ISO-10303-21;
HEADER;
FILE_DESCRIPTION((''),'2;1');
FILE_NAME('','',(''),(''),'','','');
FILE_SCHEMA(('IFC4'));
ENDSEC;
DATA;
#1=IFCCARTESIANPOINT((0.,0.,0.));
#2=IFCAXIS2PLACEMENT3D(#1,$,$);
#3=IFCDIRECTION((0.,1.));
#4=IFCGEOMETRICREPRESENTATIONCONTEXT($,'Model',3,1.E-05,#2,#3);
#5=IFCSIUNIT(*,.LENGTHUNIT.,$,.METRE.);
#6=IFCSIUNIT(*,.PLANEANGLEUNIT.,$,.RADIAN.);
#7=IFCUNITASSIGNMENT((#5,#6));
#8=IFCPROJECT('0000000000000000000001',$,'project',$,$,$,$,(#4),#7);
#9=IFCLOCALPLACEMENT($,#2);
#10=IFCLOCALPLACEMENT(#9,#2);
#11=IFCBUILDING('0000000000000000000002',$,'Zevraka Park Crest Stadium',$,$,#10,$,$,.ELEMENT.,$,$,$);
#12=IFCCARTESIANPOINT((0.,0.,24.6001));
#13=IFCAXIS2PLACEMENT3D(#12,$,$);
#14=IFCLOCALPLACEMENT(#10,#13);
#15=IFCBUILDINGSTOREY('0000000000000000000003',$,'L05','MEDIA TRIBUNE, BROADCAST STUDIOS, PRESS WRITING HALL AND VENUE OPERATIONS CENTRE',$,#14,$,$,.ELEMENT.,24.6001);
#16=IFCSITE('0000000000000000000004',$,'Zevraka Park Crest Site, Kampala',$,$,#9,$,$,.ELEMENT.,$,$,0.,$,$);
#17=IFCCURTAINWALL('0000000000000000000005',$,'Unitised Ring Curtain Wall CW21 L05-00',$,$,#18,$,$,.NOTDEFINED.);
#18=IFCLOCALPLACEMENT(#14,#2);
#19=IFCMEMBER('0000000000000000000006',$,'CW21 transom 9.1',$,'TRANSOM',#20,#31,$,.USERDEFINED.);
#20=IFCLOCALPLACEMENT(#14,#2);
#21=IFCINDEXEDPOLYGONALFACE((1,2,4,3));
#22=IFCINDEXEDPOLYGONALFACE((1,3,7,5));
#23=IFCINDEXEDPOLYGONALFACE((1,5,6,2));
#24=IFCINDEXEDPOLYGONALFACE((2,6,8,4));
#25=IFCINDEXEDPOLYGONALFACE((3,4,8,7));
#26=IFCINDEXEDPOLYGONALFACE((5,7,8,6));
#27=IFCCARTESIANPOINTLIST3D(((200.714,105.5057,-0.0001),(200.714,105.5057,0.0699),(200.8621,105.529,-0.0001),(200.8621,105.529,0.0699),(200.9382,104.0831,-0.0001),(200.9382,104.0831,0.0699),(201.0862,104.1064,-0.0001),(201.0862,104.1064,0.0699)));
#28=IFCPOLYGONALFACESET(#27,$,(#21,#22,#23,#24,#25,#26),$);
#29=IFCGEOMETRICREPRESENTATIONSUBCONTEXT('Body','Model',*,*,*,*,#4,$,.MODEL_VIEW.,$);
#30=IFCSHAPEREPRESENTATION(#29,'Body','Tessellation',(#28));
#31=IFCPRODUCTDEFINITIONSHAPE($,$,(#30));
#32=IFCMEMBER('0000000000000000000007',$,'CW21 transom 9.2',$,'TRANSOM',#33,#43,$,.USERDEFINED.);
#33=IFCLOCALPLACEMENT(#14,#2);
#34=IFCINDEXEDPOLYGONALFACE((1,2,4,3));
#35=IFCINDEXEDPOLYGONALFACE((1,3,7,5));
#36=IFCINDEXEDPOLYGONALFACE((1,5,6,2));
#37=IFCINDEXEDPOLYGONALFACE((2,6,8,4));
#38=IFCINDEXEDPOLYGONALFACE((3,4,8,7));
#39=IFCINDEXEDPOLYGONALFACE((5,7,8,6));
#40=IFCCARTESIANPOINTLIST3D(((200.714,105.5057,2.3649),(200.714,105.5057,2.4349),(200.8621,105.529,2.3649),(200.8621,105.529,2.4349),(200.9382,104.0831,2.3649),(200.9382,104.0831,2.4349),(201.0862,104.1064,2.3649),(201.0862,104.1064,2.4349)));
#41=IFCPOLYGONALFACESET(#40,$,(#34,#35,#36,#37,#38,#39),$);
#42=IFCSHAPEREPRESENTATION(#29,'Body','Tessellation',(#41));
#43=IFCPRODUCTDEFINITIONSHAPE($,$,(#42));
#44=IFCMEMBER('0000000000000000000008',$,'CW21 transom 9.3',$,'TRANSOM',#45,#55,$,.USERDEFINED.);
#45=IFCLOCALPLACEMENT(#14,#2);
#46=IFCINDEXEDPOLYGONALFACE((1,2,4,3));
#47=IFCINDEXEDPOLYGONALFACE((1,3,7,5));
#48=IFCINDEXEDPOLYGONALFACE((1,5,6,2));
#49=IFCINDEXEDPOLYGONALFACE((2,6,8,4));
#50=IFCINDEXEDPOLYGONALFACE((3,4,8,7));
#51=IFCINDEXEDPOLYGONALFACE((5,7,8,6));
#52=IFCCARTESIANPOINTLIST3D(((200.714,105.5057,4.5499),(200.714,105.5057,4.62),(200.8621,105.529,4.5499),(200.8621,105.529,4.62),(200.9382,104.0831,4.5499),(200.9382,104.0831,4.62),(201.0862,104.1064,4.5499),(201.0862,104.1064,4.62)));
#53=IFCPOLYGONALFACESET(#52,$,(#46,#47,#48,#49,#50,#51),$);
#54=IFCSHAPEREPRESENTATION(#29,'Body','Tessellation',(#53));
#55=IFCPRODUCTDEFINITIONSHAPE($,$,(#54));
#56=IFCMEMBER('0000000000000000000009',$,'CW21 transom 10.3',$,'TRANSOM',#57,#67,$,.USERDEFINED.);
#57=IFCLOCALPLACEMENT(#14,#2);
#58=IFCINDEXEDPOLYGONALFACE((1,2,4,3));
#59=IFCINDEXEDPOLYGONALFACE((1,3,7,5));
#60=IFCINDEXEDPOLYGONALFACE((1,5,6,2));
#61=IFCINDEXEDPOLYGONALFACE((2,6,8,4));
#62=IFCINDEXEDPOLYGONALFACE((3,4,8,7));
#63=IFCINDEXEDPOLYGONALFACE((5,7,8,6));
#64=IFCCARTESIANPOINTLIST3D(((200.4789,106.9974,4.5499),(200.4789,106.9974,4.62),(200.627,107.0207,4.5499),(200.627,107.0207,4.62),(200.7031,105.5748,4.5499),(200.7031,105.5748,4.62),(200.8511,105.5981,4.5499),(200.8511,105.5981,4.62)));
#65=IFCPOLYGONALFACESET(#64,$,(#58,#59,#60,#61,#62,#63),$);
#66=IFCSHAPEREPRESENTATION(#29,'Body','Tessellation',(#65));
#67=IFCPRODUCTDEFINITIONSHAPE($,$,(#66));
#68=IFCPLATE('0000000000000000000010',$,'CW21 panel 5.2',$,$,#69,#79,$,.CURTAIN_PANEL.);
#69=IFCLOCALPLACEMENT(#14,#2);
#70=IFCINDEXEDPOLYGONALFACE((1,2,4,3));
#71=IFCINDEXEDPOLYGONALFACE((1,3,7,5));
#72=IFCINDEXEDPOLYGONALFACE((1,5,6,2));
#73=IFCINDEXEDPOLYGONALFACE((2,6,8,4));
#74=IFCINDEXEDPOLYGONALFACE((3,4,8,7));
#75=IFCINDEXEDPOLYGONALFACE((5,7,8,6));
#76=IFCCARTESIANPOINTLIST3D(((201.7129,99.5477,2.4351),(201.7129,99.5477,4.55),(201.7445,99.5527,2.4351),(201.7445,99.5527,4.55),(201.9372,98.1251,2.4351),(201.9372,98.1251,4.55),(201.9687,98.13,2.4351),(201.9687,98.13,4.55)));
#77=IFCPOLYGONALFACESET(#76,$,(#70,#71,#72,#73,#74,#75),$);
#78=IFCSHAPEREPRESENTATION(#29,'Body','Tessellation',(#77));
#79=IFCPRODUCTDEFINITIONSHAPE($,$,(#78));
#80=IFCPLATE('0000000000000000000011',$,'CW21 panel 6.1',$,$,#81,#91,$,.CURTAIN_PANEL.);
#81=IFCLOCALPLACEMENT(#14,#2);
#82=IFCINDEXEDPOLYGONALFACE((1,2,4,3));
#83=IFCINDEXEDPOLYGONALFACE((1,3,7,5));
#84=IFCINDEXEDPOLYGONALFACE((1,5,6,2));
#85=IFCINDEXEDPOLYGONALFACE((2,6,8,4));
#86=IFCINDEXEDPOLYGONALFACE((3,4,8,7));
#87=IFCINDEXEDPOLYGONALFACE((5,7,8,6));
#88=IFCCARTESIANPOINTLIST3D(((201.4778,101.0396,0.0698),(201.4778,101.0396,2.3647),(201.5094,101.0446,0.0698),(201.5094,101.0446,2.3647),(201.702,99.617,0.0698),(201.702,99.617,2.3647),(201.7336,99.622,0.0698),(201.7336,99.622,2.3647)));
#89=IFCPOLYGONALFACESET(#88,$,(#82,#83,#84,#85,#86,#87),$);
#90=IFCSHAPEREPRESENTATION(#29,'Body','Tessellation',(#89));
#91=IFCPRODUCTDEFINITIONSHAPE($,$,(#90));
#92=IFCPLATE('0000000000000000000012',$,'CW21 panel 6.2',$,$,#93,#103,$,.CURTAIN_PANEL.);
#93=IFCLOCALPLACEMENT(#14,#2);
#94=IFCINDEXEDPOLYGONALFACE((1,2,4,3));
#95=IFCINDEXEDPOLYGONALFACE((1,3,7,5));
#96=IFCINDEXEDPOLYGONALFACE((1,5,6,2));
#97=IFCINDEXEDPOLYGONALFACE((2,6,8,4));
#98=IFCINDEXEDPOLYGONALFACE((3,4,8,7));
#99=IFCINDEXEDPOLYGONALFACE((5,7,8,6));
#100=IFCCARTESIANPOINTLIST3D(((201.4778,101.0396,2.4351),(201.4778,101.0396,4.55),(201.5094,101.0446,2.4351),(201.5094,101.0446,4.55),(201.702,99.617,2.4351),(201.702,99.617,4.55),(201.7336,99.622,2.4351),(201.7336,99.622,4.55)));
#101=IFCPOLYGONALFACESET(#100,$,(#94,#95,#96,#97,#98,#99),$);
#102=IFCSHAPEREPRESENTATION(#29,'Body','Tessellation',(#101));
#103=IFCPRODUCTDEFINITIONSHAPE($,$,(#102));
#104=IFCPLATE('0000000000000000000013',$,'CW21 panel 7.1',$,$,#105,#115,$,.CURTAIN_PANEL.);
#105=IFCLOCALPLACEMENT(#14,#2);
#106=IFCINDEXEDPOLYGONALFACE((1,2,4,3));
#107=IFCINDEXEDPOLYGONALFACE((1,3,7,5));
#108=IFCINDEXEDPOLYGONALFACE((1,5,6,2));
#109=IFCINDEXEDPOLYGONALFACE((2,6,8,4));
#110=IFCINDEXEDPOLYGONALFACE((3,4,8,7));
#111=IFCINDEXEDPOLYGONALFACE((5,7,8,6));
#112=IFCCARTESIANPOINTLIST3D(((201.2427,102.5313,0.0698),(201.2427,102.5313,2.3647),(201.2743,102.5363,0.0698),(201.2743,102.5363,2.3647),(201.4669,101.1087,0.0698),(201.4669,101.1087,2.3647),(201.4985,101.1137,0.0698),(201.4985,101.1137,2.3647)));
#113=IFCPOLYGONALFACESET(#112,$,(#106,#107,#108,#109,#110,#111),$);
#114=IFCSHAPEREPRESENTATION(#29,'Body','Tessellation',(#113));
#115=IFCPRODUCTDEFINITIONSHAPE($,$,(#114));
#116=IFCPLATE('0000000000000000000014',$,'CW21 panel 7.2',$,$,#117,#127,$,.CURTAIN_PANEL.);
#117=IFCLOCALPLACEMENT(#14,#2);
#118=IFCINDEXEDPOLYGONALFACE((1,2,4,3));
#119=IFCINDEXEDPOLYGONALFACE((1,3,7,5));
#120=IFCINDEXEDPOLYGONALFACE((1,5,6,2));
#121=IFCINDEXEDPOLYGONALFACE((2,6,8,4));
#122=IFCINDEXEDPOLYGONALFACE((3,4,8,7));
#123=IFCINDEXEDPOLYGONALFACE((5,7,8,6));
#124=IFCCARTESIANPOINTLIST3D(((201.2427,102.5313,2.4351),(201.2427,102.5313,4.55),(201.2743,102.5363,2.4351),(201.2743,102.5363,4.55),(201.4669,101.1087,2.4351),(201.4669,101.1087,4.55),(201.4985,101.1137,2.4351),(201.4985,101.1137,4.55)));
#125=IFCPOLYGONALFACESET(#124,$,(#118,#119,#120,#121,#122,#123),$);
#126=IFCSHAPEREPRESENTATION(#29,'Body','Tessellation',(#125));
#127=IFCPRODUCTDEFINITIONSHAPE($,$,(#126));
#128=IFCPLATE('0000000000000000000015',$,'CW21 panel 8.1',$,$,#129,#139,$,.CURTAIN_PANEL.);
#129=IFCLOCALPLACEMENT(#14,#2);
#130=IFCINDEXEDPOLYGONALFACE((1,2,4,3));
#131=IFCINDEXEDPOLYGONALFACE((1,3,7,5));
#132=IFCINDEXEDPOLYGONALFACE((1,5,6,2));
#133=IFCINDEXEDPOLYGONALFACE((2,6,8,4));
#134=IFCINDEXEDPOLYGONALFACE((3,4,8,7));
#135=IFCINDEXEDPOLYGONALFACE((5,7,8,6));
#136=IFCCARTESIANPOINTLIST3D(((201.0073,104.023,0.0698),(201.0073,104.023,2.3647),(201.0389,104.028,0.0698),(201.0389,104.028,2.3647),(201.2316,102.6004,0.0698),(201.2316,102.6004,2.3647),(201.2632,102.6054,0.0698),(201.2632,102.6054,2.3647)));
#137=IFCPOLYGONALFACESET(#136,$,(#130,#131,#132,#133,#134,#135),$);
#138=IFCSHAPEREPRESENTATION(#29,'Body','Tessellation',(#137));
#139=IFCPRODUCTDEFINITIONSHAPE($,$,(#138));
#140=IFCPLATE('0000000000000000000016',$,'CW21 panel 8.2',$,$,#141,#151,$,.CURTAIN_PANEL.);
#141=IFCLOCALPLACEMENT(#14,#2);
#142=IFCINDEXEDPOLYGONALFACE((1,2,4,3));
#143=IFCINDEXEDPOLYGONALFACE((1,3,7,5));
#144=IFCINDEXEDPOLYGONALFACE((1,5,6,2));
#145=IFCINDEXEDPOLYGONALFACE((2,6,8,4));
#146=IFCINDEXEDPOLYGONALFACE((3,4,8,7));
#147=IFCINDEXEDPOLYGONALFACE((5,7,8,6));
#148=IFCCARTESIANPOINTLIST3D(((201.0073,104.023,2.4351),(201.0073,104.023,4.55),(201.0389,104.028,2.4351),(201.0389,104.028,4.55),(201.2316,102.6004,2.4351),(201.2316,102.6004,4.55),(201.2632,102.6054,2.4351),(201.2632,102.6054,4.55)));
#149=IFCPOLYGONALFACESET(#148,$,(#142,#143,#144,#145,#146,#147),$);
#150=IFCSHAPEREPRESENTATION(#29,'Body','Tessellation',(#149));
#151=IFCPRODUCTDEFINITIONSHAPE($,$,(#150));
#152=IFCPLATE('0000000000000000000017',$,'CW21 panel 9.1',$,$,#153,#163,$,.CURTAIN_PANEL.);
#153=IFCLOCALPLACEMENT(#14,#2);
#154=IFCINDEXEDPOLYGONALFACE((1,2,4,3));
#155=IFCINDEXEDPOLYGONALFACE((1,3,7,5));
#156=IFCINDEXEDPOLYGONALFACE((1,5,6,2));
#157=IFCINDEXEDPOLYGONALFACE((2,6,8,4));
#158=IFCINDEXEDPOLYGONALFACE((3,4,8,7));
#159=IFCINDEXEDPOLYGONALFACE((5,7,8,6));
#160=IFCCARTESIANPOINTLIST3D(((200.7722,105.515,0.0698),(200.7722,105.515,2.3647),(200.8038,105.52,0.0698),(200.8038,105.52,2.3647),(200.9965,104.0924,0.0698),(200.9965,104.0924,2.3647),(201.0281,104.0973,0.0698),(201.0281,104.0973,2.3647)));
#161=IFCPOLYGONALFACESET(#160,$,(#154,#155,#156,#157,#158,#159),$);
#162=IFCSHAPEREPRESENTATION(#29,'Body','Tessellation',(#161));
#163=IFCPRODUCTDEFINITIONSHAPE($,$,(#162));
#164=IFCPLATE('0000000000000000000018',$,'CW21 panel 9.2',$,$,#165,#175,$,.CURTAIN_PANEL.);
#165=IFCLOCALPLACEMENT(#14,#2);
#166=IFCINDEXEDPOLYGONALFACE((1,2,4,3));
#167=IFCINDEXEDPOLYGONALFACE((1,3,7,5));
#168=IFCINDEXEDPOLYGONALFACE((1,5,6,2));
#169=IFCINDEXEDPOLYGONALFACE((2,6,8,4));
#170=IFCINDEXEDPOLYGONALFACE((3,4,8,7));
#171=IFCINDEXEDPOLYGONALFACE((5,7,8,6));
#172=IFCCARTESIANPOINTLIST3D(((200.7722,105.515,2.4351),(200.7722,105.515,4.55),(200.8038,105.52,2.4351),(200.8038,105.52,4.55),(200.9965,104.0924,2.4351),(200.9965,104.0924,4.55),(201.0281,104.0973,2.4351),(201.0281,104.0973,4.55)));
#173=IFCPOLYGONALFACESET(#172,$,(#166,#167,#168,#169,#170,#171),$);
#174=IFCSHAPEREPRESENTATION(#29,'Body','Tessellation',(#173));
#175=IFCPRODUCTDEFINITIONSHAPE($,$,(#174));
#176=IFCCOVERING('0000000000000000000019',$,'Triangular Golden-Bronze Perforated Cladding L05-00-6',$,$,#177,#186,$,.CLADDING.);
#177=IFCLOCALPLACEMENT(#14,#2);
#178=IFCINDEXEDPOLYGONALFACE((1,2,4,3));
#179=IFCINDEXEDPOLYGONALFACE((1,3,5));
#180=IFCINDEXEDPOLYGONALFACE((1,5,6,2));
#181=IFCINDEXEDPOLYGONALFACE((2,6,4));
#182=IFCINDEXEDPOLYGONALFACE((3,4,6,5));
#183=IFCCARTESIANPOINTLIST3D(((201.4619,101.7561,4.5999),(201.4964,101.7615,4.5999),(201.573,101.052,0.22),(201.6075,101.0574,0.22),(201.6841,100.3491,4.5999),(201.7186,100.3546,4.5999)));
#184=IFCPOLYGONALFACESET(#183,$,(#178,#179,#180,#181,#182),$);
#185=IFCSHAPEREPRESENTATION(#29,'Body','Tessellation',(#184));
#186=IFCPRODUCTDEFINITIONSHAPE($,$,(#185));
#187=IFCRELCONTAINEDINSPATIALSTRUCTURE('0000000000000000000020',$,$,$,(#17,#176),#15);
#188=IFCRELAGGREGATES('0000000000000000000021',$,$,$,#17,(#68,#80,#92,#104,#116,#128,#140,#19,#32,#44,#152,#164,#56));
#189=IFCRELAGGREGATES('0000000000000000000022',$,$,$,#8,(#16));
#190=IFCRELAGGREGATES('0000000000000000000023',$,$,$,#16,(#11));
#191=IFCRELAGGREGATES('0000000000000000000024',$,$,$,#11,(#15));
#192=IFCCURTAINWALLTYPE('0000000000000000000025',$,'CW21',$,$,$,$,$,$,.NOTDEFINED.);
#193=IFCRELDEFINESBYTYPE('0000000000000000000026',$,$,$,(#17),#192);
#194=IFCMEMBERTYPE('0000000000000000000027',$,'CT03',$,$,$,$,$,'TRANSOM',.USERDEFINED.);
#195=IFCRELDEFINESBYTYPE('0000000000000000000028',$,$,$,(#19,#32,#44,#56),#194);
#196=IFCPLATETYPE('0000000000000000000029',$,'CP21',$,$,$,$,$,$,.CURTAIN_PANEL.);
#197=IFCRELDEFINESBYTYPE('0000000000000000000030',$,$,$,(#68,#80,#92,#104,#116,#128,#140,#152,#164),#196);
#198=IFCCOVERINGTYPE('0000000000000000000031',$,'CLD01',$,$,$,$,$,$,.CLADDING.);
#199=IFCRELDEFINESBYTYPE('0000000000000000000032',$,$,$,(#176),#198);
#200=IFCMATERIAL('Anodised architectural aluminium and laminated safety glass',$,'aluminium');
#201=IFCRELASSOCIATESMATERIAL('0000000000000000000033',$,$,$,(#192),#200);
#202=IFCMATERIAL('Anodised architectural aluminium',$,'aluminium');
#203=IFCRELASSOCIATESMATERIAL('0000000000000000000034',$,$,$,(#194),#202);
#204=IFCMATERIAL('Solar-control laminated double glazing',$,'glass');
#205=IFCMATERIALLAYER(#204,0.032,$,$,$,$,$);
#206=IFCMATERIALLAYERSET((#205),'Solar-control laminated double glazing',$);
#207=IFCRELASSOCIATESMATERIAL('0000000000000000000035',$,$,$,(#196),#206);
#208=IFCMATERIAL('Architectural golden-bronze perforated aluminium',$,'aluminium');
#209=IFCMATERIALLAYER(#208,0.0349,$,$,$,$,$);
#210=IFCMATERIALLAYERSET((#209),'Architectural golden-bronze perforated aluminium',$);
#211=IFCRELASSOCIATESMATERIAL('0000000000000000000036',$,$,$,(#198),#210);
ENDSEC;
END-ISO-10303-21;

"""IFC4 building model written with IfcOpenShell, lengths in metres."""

from ifc_helpers import new_model, si_unit, direction, frame, origin, origin_2d, place, context, subcontext, project, spatial, polyline, rectangle, outline, extrude, material, layer, layer_set, material_profile, profile_set, type_object, element, aggregate, save


model = new_model("IFC4")

# Units and contexts
model_context = context("Model", 3, precision=1e-05, world=origin(), true_north=direction((0.0, 1.0)))
body_context = subcontext(model_context, "Body", "Model", "MODEL_VIEW")
ifc_project = project(units=[si_unit("LENGTHUNIT", "METRE"), si_unit("PLANEANGLEUNIT", "RADIAN")], contexts=[model_context])

# Site, building, storey
site_placement = place(None, origin())
site = spatial("IfcSite", under=ifc_project, at=site_placement, Name="Zevraka Park Crest Site, Kampala", CompositionType="ELEMENT", RefElevation=0.0)
building_placement = place(site_placement, origin())
building = spatial("IfcBuilding", under=site, at=building_placement, Name="Zevraka Park Crest Stadium", CompositionType="ELEMENT")
storey_placement = place(building_placement, frame((0.0, 0.0, 24.6001)))
storey = spatial("IfcBuildingStorey", under=building, at=storey_placement, Name="L05", Description="MEDIA TRIBUNE, BROADCAST STUDIOS, PRESS WRITING HALL AND VENUE OPERATIONS CENTRE", CompositionType="ELEMENT", Elevation=24.6001)

# Curtain wall, members, plates
ifc_material_1 = material(Name="Anodised architectural aluminium and laminated safety glass", Category="aluminium")
curtain_wall_type = type_object("IfcCurtainWallType", Name="CW21", PredefinedType="NOTDEFINED", material=ifc_material_1)
curtain_wall_placement = place(storey_placement, origin())
curtain_wall = element("IfcCurtainWall", 1, at=curtain_wall_placement, inside=storey, type_object=curtain_wall_type, Name="Unitised Ring Curtain Wall CW21 L05-00", PredefinedType="NOTDEFINED")
ifc_material_2 = material(Name="Anodised architectural aluminium", Category="aluminium")
ifc_material_profile_1 = material_profile(ifc_material_2, rectangle(XDim=0.1499, YDim=0.0701, at=origin_2d()), Name="ALU TRANSOM 150x70")
ifc_profile_set_1 = profile_set([ifc_material_profile_1], Name="Anodised architectural aluminium")
member_type_1 = type_object("IfcMemberType", Name="CT03", ElementType="TRANSOM", PredefinedType="USERDEFINED", material=ifc_profile_set_1)
member_1_placement = place(storey_placement, frame((201.0122, 104.0947, 0.0349), z_axis=(-0.155623, 0.987817, 0.0), x_axis=(-0.987817, -0.155623, 0.0)))
member_1 = element("IfcMember", 2, at=member_1_placement, type_object=member_type_1, Name="CW21 transom 9.1", ObjectType="TRANSOM", PredefinedType="USERDEFINED", context=body_context, shape_type="SweptSolid", body=[
    extrude(rectangle(XDim=0.1499, YDim=0.0701, at=origin_2d()), origin(), (0.0, 0.0, 1.0), 1.4402),
])
member_2_placement = place(storey_placement, frame((201.0122, 104.0947, 2.3999), z_axis=(-0.155623, 0.987817, 0.0), x_axis=(-0.987817, -0.155623, 0.0)))
member_2 = element("IfcMember", 3, at=member_2_placement, type_object=member_type_1, Name="CW21 transom 9.2", ObjectType="TRANSOM", PredefinedType="USERDEFINED", context=body_context, shape_type="SweptSolid", body=[
    extrude(rectangle(XDim=0.1499, YDim=0.0701, at=origin_2d()), origin(), (0.0, 0.0, 1.0), 1.4402),
])
member_3_placement = place(storey_placement, frame((201.0122, 104.0947, 4.585), z_axis=(-0.155623, 0.987817, 0.0), x_axis=(-0.987817, -0.155623, 0.0)))
member_3 = element("IfcMember", 4, at=member_3_placement, type_object=member_type_1, Name="CW21 transom 9.3", ObjectType="TRANSOM", PredefinedType="USERDEFINED", context=body_context, shape_type="SweptSolid", body=[
    extrude(rectangle(XDim=0.1499, YDim=0.0701, at=origin_2d()), origin(), (0.0, 0.0, 1.0), 1.4402),
])
member_4_placement = place(storey_placement, frame((200.7771, 105.5864, 4.585), z_axis=(-0.155623, 0.987817, 0.0), x_axis=(-0.987817, -0.155623, 0.0)))
member_4 = element("IfcMember", 5, at=member_4_placement, type_object=member_type_1, Name="CW21 transom 10.3", ObjectType="TRANSOM", PredefinedType="USERDEFINED", context=body_context, shape_type="SweptSolid", body=[
    extrude(rectangle(XDim=0.1499, YDim=0.0701, at=origin_2d()), origin(), (0.0, 0.0, 1.0), 1.4402),
])
ifc_material_3 = material(Name="Solar-control laminated double glazing", Category="glass")
ifc_layer_1 = layer(ifc_material_3, 0.032)
ifc_layer_set_1 = layer_set([ifc_layer_1], Name="Solar-control laminated double glazing")
plate_type = type_object("IfcPlateType", Name="CP21", PredefinedType="CURTAIN_PANEL", material=ifc_layer_set_1)
plate_1_placement = place(storey_placement, frame((201.8408, 98.8389, 2.4351), z_axis=(0.0, 0.0, 1.0), x_axis=(-0.155711, 0.987803, 0.0)))
plate_1 = element("IfcPlate", 6, at=plate_1_placement, type_object=plate_type, Name="CW21 panel 5.2", PredefinedType="CURTAIN_PANEL", context=body_context, shape_type="SweptSolid", body=[
    extrude(rectangle(XDim=1.4402, YDim=0.032, at=origin_2d()), origin(), (0.0, 0.0, 1.0), 2.115),
])
plate_2_placement = place(storey_placement, frame((201.6057, 100.3308, 0.0698), z_axis=(0.0, 0.0, 1.0), x_axis=(-0.155711, 0.987803, 0.0)))
plate_2 = element("IfcPlate", 7, at=plate_2_placement, type_object=plate_type, Name="CW21 panel 6.1", PredefinedType="CURTAIN_PANEL", context=body_context, shape_type="SweptSolid", body=[
    extrude(rectangle(XDim=1.4402, YDim=0.032, at=origin_2d()), origin(), (0.0, 0.0, 1.0), 2.2949),
])
plate_3_placement = place(storey_placement, frame((201.6057, 100.3308, 2.4351), z_axis=(0.0, 0.0, 1.0), x_axis=(-0.155711, 0.987803, 0.0)))
plate_3 = element("IfcPlate", 8, at=plate_3_placement, type_object=plate_type, Name="CW21 panel 6.2", PredefinedType="CURTAIN_PANEL", context=body_context, shape_type="SweptSolid", body=[
    extrude(rectangle(XDim=1.4402, YDim=0.032, at=origin_2d()), origin(), (0.0, 0.0, 1.0), 2.115),
])
plate_4_placement = place(storey_placement, frame((201.3706, 101.8225, 0.0698), z_axis=(0.0, 0.0, 1.0), x_axis=(-0.155711, 0.987803, 0.0)))
plate_4 = element("IfcPlate", 9, at=plate_4_placement, type_object=plate_type, Name="CW21 panel 7.1", PredefinedType="CURTAIN_PANEL", context=body_context, shape_type="SweptSolid", body=[
    extrude(rectangle(XDim=1.4402, YDim=0.032, at=origin_2d()), origin(), (0.0, 0.0, 1.0), 2.2949),
])
plate_5_placement = place(storey_placement, frame((201.3706, 101.8225, 2.4351), z_axis=(0.0, 0.0, 1.0), x_axis=(-0.155711, 0.987803, 0.0)))
plate_5 = element("IfcPlate", 10, at=plate_5_placement, type_object=plate_type, Name="CW21 panel 7.2", PredefinedType="CURTAIN_PANEL", context=body_context, shape_type="SweptSolid", body=[
    extrude(rectangle(XDim=1.4402, YDim=0.032, at=origin_2d()), origin(), (0.0, 0.0, 1.0), 2.115),
])
plate_6_placement = place(storey_placement, frame((201.1353, 103.3142, 0.0698), z_axis=(0.0, 0.0, 1.0), x_axis=(-0.155711, 0.987803, 0.0)))
plate_6 = element("IfcPlate", 11, at=plate_6_placement, type_object=plate_type, Name="CW21 panel 8.1", PredefinedType="CURTAIN_PANEL", context=body_context, shape_type="SweptSolid", body=[
    extrude(rectangle(XDim=1.4402, YDim=0.032, at=origin_2d()), origin(), (0.0, 0.0, 1.0), 2.2949),
])
plate_7_placement = place(storey_placement, frame((201.1353, 103.3142, 2.4351), z_axis=(0.0, 0.0, 1.0), x_axis=(-0.155711, 0.987803, 0.0)))
plate_7 = element("IfcPlate", 12, at=plate_7_placement, type_object=plate_type, Name="CW21 panel 8.2", PredefinedType="CURTAIN_PANEL", context=body_context, shape_type="SweptSolid", body=[
    extrude(rectangle(XDim=1.4402, YDim=0.032, at=origin_2d()), origin(), (0.0, 0.0, 1.0), 2.115),
])
plate_8_placement = place(storey_placement, frame((200.9001, 104.8062, 0.0698), z_axis=(0.0, 0.0, 1.0), x_axis=(-0.155711, 0.987803, 0.0)))
plate_8 = element("IfcPlate", 13, at=plate_8_placement, type_object=plate_type, Name="CW21 panel 9.1", PredefinedType="CURTAIN_PANEL", context=body_context, shape_type="SweptSolid", body=[
    extrude(rectangle(XDim=1.4402, YDim=0.032, at=origin_2d()), origin(), (0.0, 0.0, 1.0), 2.2949),
])
plate_9_placement = place(storey_placement, frame((200.9001, 104.8062, 2.4351), z_axis=(0.0, 0.0, 1.0), x_axis=(-0.155711, 0.987803, 0.0)))
plate_9 = element("IfcPlate", 14, at=plate_9_placement, type_object=plate_type, Name="CW21 panel 9.2", PredefinedType="CURTAIN_PANEL", context=body_context, shape_type="SweptSolid", body=[
    extrude(rectangle(XDim=1.4402, YDim=0.032, at=origin_2d()), origin(), (0.0, 0.0, 1.0), 2.115),
])
aggregate(curtain_wall, [plate_1, plate_2, plate_3, plate_4, plate_5, plate_6, plate_7, member_1, member_2, member_3, plate_8, plate_9, member_4])

# Covering
ifc_material_4 = material(Name="Architectural golden-bronze perforated aluminium", Category="aluminium")
ifc_layer_2 = layer(ifc_material_4, 0.0349)
ifc_layer_set_2 = layer_set([ifc_layer_2], Name="Architectural golden-bronze perforated aluminium")
covering_type = type_object("IfcCoveringType", Name="CLD01", PredefinedType="CLADDING", material=ifc_layer_set_2)
covering_1_placement = place(storey_placement, frame((201.4619, 101.7561, 4.5999), z_axis=(-0.987762, -0.155971, 0.000022), x_axis=(0.155971, -0.987762, 0.0)))
element("IfcCovering", 15, at=covering_1_placement, inside=storey, type_object=covering_type, Name="Triangular Golden-Bronze Perforated Cladding L05-00-6", PredefinedType="CLADDING", context=body_context, shape_type="SweptSolid", body=[
    extrude(outline(polyline([(0.0, 0.0), (1.4244, 0.0), (0.7128, -4.3799), (0.0, 0.0)])), origin(), (0.0, 0.0, -1.0), 0.0349),
])

save(model, "model.ifc")
